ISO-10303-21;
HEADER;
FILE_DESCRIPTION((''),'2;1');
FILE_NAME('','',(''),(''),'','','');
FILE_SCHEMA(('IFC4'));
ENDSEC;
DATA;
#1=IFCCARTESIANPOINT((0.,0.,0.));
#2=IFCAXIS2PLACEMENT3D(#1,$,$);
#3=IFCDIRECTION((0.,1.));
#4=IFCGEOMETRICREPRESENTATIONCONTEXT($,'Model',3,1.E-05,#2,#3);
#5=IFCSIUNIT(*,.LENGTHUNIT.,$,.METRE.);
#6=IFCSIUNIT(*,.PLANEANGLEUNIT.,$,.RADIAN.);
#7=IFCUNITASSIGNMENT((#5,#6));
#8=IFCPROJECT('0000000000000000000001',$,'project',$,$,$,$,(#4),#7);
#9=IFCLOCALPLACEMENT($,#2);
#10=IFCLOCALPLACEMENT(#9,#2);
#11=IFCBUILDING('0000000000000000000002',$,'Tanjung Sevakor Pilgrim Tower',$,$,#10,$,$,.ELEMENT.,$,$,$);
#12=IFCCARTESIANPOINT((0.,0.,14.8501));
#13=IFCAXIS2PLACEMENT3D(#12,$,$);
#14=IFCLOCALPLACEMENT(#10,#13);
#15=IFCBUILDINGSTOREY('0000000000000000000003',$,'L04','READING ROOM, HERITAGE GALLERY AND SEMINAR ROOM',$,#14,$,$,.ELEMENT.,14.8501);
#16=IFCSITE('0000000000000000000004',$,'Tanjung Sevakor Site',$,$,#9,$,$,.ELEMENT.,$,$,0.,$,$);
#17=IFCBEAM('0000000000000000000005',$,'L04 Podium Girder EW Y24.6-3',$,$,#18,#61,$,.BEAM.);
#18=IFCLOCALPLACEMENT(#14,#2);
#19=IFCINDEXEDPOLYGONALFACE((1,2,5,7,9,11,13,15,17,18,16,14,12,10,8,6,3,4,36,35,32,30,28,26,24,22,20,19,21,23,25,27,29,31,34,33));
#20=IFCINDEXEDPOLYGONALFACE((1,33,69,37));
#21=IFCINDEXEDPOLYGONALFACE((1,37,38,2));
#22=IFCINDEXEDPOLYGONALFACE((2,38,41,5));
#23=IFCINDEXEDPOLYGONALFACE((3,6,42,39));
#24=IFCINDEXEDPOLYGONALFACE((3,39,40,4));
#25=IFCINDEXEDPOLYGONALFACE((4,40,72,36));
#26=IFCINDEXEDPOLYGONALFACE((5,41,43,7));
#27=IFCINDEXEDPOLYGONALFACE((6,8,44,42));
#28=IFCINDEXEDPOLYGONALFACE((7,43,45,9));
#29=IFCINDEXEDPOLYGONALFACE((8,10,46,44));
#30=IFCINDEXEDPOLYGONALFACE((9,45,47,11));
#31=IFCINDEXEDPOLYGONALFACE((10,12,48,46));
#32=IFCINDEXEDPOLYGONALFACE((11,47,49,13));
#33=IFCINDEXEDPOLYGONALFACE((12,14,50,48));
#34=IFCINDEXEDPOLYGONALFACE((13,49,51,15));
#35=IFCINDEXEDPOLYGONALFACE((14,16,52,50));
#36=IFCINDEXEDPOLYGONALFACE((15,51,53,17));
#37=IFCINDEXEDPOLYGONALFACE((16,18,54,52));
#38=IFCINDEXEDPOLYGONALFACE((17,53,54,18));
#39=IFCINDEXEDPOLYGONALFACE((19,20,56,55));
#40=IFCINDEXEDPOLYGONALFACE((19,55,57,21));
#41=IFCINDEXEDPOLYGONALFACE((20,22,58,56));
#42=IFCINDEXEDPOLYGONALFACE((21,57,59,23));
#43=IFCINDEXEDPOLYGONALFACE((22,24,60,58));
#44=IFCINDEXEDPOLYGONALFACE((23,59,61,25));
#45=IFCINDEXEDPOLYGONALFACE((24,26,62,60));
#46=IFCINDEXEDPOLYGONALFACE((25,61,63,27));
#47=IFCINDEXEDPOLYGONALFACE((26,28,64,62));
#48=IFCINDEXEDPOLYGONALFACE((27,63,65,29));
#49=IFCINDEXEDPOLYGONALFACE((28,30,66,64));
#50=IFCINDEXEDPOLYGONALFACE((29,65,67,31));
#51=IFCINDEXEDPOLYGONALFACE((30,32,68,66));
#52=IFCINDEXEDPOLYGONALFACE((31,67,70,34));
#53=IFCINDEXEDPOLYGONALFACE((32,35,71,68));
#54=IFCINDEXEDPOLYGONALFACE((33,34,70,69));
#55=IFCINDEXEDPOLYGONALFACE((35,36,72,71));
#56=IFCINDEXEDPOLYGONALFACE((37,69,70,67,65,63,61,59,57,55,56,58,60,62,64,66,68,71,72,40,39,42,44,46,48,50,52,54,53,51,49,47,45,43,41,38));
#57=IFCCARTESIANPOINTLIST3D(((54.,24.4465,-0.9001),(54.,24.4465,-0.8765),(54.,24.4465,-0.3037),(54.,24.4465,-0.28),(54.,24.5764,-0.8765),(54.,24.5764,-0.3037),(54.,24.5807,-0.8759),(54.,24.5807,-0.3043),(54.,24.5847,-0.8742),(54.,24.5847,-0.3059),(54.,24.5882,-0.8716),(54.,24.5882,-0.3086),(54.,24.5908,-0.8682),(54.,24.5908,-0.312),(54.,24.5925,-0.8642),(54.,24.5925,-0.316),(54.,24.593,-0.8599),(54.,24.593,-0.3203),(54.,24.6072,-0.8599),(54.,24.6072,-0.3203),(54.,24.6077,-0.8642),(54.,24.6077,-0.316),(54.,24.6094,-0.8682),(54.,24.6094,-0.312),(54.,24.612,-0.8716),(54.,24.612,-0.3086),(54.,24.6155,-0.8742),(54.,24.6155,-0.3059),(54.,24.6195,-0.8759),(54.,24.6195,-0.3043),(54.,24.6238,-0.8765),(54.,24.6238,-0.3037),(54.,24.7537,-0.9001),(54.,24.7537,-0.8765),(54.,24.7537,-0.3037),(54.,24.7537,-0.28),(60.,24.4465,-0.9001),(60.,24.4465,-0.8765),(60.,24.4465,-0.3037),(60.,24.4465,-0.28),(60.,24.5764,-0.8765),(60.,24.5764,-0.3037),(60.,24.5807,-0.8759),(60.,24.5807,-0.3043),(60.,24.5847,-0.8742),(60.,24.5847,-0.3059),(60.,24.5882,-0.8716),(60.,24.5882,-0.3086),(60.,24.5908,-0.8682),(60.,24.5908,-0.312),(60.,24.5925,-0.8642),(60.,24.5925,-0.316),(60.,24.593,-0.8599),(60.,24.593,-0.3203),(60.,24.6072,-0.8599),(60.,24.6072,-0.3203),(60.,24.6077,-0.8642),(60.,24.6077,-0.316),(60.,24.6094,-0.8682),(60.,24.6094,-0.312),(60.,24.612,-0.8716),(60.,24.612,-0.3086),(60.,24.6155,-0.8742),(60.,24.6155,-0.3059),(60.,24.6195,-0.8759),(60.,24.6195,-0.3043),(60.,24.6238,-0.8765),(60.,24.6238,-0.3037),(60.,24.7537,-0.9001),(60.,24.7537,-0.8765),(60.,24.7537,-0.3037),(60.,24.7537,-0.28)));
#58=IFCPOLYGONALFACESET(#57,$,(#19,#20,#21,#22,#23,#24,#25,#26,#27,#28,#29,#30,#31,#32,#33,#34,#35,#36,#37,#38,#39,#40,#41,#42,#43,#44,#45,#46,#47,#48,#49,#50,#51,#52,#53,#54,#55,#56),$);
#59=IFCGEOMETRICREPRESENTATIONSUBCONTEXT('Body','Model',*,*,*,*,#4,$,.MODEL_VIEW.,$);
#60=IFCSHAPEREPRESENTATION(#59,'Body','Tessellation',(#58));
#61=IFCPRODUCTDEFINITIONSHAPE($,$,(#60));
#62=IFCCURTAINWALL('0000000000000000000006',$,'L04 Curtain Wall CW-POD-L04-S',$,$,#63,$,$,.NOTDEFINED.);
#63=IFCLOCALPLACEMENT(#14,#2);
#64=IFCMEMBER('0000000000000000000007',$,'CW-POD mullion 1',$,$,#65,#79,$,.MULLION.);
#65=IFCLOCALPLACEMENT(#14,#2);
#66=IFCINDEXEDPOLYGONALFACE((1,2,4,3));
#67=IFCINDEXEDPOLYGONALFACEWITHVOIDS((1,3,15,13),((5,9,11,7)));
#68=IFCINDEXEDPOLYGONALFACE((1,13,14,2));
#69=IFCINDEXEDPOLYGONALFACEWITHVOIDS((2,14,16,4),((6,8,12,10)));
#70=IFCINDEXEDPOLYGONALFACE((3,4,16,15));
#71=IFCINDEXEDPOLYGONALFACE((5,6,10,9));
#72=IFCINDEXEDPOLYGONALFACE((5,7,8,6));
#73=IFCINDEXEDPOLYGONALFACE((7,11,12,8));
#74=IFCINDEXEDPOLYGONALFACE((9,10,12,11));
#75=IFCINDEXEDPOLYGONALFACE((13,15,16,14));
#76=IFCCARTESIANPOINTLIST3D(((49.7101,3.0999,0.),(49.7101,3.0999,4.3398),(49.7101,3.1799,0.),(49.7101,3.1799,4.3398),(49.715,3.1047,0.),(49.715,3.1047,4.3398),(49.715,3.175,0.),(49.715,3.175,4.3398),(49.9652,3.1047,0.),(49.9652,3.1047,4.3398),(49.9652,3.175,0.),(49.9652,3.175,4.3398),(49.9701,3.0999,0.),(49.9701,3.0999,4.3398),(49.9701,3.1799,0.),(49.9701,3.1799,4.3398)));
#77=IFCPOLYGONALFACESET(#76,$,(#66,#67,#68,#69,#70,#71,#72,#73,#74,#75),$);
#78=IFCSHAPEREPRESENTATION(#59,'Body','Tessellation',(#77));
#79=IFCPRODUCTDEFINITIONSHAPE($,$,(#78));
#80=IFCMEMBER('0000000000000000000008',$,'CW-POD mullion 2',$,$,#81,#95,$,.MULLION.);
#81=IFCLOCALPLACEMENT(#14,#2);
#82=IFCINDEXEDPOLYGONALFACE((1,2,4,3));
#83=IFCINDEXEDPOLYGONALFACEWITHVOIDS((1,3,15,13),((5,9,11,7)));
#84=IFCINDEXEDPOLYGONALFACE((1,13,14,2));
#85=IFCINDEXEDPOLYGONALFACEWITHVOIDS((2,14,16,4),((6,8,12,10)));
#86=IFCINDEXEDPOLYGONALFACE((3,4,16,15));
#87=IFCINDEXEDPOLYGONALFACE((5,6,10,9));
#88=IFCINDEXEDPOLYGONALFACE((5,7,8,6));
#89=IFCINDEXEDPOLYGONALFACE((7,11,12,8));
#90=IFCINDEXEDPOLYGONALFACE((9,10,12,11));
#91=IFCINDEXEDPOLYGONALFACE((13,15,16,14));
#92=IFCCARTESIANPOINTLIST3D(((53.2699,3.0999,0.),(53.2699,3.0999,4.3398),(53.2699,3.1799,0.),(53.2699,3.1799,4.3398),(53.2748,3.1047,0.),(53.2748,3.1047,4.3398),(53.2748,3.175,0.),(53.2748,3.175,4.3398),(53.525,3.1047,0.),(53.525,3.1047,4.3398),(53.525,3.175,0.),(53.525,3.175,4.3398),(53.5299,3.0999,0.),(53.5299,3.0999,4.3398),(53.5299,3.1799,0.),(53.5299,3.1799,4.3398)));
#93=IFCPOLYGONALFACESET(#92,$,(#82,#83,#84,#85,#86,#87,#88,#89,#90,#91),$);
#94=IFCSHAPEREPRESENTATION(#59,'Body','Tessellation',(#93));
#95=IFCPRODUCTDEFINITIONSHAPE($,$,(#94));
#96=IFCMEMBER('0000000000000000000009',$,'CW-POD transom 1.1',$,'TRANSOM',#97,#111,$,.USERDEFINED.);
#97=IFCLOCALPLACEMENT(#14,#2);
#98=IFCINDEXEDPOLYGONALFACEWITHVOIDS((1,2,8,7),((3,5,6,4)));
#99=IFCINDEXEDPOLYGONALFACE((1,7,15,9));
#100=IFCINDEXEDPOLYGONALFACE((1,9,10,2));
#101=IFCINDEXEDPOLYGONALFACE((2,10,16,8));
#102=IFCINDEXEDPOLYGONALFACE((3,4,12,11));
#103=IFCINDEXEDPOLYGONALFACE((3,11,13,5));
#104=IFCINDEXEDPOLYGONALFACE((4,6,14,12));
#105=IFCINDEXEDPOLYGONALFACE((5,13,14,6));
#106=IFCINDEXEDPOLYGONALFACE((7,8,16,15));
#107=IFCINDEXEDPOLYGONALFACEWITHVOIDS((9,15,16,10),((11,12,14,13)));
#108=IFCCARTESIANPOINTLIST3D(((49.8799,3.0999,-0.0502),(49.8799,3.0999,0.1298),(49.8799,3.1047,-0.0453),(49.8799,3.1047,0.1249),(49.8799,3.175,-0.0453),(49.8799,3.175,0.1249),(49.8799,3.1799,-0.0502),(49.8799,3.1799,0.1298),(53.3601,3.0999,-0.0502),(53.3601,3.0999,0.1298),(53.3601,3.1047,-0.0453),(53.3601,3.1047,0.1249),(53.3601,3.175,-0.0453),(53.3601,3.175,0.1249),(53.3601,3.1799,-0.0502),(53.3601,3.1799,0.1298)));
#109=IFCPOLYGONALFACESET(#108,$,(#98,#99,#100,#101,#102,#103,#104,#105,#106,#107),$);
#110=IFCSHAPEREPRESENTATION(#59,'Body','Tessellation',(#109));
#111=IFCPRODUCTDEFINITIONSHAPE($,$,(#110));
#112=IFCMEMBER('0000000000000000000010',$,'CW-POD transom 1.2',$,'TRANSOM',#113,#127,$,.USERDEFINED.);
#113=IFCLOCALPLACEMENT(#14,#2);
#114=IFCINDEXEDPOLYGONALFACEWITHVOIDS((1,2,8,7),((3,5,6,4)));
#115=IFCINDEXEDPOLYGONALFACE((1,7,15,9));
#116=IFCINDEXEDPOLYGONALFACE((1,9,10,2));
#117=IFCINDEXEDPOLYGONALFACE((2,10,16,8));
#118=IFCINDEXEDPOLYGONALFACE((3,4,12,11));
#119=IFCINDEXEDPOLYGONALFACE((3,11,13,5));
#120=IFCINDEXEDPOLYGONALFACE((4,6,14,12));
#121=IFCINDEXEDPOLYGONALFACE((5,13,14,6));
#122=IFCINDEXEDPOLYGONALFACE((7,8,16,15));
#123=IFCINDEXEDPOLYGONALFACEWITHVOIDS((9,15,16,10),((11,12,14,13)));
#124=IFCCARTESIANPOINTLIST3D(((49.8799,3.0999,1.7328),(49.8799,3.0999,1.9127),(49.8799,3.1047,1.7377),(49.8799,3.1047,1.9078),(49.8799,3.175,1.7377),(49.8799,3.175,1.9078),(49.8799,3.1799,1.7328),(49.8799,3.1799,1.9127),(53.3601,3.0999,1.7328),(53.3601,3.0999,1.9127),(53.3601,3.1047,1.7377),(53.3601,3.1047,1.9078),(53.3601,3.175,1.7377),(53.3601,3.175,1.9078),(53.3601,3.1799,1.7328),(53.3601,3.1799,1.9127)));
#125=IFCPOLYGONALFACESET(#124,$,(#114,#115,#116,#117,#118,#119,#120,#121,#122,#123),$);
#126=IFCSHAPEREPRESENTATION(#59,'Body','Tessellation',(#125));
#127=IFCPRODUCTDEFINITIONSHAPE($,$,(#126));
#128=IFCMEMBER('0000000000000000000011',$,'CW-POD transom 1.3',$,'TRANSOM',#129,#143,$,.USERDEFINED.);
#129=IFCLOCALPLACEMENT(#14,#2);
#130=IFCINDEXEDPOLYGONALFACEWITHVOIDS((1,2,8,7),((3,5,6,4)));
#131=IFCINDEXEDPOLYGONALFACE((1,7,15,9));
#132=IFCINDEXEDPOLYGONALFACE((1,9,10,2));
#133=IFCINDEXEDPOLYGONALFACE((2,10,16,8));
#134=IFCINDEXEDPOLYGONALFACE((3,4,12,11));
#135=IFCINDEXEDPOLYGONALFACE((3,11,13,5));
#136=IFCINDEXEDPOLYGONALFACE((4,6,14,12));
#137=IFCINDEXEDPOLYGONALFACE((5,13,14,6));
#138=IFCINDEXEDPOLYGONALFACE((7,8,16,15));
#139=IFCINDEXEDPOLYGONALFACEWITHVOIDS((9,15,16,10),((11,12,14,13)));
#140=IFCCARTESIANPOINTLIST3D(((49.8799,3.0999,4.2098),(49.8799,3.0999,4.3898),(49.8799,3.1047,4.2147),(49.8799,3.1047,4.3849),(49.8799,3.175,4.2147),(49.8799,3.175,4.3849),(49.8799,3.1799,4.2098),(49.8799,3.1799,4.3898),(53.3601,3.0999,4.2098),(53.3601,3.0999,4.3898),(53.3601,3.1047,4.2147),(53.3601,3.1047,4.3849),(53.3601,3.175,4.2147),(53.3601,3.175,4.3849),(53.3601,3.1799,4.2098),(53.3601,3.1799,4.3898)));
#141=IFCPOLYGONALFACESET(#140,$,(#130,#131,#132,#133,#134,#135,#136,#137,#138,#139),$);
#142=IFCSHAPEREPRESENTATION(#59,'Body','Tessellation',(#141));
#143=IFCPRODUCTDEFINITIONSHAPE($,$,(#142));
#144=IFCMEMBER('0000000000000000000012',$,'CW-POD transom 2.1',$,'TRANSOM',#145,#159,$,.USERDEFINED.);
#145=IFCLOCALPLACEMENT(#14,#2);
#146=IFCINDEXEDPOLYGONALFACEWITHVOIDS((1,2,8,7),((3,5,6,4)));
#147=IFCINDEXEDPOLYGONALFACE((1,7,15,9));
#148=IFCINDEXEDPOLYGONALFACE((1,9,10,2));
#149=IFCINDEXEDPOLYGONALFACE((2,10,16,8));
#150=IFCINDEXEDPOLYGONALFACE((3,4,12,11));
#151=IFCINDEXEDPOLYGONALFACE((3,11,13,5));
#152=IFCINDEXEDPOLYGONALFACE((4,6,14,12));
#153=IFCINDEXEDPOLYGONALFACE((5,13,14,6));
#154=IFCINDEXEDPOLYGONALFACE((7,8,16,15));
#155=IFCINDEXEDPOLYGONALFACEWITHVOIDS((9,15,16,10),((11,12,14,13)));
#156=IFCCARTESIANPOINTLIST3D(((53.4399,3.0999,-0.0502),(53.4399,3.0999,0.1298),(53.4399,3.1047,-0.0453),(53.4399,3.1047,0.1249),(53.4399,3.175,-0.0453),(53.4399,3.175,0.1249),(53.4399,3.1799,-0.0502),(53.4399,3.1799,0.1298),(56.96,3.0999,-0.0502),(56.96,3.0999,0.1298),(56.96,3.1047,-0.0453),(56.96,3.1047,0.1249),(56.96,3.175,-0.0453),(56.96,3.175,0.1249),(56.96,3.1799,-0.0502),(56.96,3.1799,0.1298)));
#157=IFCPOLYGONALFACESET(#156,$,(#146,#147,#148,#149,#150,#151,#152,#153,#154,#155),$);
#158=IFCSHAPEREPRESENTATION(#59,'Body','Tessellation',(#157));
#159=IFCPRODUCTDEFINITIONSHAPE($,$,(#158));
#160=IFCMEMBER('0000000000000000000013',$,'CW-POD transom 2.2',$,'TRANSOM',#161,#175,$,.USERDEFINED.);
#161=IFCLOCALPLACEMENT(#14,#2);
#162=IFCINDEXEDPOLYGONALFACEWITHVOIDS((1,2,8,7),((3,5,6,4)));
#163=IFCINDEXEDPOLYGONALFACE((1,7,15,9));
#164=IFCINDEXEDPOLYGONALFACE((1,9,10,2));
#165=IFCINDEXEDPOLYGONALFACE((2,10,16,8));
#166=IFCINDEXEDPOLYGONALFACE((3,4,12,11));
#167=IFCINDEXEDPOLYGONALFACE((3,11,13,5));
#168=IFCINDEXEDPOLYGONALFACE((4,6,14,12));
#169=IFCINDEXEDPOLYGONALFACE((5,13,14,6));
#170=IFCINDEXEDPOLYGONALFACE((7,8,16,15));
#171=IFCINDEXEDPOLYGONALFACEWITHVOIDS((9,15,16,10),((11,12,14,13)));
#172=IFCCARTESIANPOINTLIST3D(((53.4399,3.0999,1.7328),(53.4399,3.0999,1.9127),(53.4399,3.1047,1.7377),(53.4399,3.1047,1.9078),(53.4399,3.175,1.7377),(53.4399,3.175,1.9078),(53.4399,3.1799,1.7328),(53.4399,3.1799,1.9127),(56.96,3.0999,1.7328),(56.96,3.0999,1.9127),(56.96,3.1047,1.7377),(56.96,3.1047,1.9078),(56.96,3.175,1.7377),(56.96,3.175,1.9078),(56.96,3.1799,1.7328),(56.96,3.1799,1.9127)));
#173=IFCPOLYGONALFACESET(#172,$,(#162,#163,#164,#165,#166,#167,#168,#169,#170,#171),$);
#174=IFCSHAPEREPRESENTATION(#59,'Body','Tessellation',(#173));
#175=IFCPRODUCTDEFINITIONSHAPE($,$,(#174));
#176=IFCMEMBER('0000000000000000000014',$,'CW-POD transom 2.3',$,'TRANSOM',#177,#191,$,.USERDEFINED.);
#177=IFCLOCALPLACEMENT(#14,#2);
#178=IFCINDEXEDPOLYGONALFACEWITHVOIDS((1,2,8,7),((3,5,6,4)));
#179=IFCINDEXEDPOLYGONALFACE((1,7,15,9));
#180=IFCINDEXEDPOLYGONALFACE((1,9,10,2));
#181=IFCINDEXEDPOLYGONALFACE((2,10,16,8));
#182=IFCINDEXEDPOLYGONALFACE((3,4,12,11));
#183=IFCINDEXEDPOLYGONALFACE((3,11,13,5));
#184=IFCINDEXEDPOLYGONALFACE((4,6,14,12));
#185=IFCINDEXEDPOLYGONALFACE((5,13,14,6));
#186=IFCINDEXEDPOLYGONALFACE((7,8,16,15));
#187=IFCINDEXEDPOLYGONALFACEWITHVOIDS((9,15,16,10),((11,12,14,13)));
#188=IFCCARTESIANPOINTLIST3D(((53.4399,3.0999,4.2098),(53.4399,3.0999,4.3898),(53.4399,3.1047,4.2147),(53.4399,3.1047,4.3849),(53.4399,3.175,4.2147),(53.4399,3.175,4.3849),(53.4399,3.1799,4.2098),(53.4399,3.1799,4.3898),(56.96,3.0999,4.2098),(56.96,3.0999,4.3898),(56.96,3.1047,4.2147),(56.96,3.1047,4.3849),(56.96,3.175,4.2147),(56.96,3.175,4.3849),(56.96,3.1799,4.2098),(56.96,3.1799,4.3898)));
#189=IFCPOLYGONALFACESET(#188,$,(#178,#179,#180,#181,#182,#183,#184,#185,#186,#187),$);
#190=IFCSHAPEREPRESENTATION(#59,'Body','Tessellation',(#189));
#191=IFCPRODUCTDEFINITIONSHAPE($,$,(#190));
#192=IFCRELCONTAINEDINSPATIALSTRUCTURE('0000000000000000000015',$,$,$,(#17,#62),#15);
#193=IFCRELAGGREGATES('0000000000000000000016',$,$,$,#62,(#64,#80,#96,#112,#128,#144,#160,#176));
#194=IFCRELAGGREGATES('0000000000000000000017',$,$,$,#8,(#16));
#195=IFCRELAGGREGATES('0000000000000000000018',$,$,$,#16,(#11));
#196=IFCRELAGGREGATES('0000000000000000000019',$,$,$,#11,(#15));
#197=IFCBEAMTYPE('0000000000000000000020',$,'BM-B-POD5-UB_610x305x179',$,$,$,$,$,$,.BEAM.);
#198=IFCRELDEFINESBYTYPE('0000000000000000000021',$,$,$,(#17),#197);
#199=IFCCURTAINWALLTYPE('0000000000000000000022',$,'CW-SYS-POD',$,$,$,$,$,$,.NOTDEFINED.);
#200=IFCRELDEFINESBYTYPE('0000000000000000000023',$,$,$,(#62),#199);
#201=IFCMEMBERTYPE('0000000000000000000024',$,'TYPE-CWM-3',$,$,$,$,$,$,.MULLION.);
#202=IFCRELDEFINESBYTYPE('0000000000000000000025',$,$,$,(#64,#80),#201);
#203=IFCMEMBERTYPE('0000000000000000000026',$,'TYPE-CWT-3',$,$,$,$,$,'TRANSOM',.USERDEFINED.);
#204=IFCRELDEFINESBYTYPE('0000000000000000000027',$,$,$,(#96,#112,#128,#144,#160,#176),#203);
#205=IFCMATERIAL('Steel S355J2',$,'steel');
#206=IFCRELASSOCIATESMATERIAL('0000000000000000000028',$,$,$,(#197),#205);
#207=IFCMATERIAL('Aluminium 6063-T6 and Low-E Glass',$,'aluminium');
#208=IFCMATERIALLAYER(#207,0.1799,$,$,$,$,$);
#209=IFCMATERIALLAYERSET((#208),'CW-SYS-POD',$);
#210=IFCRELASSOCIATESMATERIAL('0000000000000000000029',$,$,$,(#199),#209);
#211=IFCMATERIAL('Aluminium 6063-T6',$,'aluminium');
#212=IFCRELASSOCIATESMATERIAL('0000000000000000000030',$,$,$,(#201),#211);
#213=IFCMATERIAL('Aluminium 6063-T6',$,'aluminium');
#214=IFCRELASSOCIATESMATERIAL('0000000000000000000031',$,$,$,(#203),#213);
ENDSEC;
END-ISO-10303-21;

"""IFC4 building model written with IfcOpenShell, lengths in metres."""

from ifc_helpers import new_model, si_unit, direction, frame, origin, origin_2d, place, context, subcontext, project, spatial, hollow_rectangle, i_section, extrude, material, layer, layer_set, material_profile, profile_set, type_object, element, aggregate, save


model = new_model("IFC4")

# Units and contexts
model_context = context("Model", 3, precision=1e-05, world=origin(), true_north=direction((0.0, 1.0)))
body_context = subcontext(model_context, "Body", "Model", "MODEL_VIEW")
ifc_project = project(units=[si_unit("LENGTHUNIT", "METRE"), si_unit("PLANEANGLEUNIT", "RADIAN")], contexts=[model_context])

# Site, building, storey
site_placement = place(None, origin())
site = spatial("IfcSite", under=ifc_project, at=site_placement, Name="Tanjung Sevakor Site", CompositionType="ELEMENT", RefElevation=0.0)
building_placement = place(site_placement, origin())
building = spatial("IfcBuilding", under=site, at=building_placement, Name="Tanjung Sevakor Pilgrim Tower", CompositionType="ELEMENT")
storey_placement = place(building_placement, frame((0.0, 0.0, 14.8501)))
storey = spatial("IfcBuildingStorey", under=building, at=storey_placement, Name="L04", Description="READING ROOM, HERITAGE GALLERY AND SEMINAR ROOM", CompositionType="ELEMENT", Elevation=14.8501)

# Beam
ifc_material_1 = material(Name="Steel S355J2", Category="steel")
ifc_material_profile_1 = material_profile(ifc_material_1, i_section(OverallWidth=0.3071, OverallDepth=0.6201, WebThickness=0.0142, FlangeThickness=0.0237, FilletRadius=0.0166, at=origin_2d()))
ifc_profile_set_1 = profile_set([ifc_material_profile_1], Name="Steel S355J2")
beam_type_1 = type_object("IfcBeamType", Name="BM-B-POD5-UB_610x305x179", PredefinedType="BEAM", material=ifc_profile_set_1)
for number, where, z_axis, x_axis, name in (
    (1, (54.0, 24.6001, -0.5901), (1.0, 0.0, 0.0), (0.0, 1.0, 0.0), "L04 Podium Girder EW Y24.6-3"),
):
    element("IfcBeam", number, at=place(storey_placement, frame(where, z_axis=z_axis, x_axis=x_axis)), inside=storey, type_object=beam_type_1, Name=name, PredefinedType="BEAM", context=body_context, shape_type="SweptSolid", body=[
        extrude(i_section(OverallWidth=0.3071, OverallDepth=0.6201, WebThickness=0.0142, FlangeThickness=0.0237, FilletRadius=0.0166, at=origin_2d()), origin(), (0.0, 0.0, 1.0), 6.0),
    ])

# Curtain wall, members
ifc_material_2 = material(Name="Aluminium 6063-T6 and Low-E Glass", Category="aluminium")
ifc_layer_1 = layer(ifc_material_2, 0.1799)
ifc_layer_set_1 = layer_set([ifc_layer_1], Name="CW-SYS-POD")
curtain_wall_type = type_object("IfcCurtainWallType", Name="CW-SYS-POD", PredefinedType="NOTDEFINED", material=ifc_layer_set_1)
curtain_wall_placement = place(storey_placement, origin())
curtain_wall = element("IfcCurtainWall", 2, at=curtain_wall_placement, inside=storey, type_object=curtain_wall_type, Name="L04 Curtain Wall CW-POD-L04-S", PredefinedType="NOTDEFINED")
ifc_material_3 = material(Name="Aluminium 6063-T6", Category="aluminium")
ifc_material_profile_2 = material_profile(ifc_material_3, hollow_rectangle(XDim=0.0801, YDim=0.26, WallThickness=0.0049, at=origin_2d()))
ifc_profile_set_2 = profile_set([ifc_material_profile_2], Name="Aluminium 6063-T6")
member_type_1 = type_object("IfcMemberType", Name="TYPE-CWM-3", PredefinedType="MULLION", material=ifc_profile_set_2)
member_1_placement = place(storey_placement, frame((49.8401, 3.1399, 0.0), z_axis=(0.0, 0.0, 1.0), x_axis=(0.0, 1.0, 0.0)))
member_1 = element("IfcMember", 3, at=member_1_placement, type_object=member_type_1, Name="CW-POD mullion 1", PredefinedType="MULLION", context=body_context, shape_type="SweptSolid", body=[
    extrude(hollow_rectangle(XDim=0.0801, YDim=0.26, WallThickness=0.0049, at=origin_2d()), origin(), (0.0, 0.0, 1.0), 4.3398),
])
member_2_placement = place(storey_placement, frame((53.3999, 3.1399, 0.0), z_axis=(0.0, 0.0, 1.0), x_axis=(0.0, 1.0, 0.0)))
member_2 = element("IfcMember", 4, at=member_2_placement, type_object=member_type_1, Name="CW-POD mullion 2", PredefinedType="MULLION", context=body_context, shape_type="SweptSolid", body=[
    extrude(hollow_rectangle(XDim=0.0801, YDim=0.26, WallThickness=0.0049, at=origin_2d()), origin(), (0.0, 0.0, 1.0), 4.3398),
])
ifc_material_4 = material(Name="Aluminium 6063-T6", Category="aluminium")
ifc_material_profile_3 = material_profile(ifc_material_4, hollow_rectangle(XDim=0.0801, YDim=0.1799, WallThickness=0.0049, at=origin_2d()))
ifc_profile_set_3 = profile_set([ifc_material_profile_3], Name="Aluminium 6063-T6")
member_type_2 = type_object("IfcMemberType", Name="TYPE-CWT-3", ElementType="TRANSOM", PredefinedType="USERDEFINED", material=ifc_profile_set_3)
member_3_placement = place(storey_placement, frame((49.8799, 3.1399, 0.0398), z_axis=(1.0, 0.0, 0.0), x_axis=(0.0, 1.0, 0.0)))
member_3 = element("IfcMember", 5, at=member_3_placement, type_object=member_type_2, Name="CW-POD transom 1.1", ObjectType="TRANSOM", PredefinedType="USERDEFINED", context=body_context, shape_type="SweptSolid", body=[
    extrude(hollow_rectangle(XDim=0.0801, YDim=0.1799, WallThickness=0.0049, at=origin_2d()), origin(), (0.0, 0.0, 1.0), 3.4802),
])
member_4_placement = place(storey_placement, frame((49.8799, 3.1399, 1.8228), z_axis=(1.0, 0.0, 0.0), x_axis=(0.0, 1.0, 0.0)))
member_4 = element("IfcMember", 6, at=member_4_placement, type_object=member_type_2, Name="CW-POD transom 1.2", ObjectType="TRANSOM", PredefinedType="USERDEFINED", context=body_context, shape_type="SweptSolid", body=[
    extrude(hollow_rectangle(XDim=0.0801, YDim=0.1799, WallThickness=0.0049, at=origin_2d()), origin(), (0.0, 0.0, 1.0), 3.4802),
])
member_5_placement = place(storey_placement, frame((49.8799, 3.1399, 4.2998), z_axis=(1.0, 0.0, 0.0), x_axis=(0.0, 1.0, 0.0)))
member_5 = element("IfcMember", 7, at=member_5_placement, type_object=member_type_2, Name="CW-POD transom 1.3", ObjectType="TRANSOM", PredefinedType="USERDEFINED", context=body_context, shape_type="SweptSolid", body=[
    extrude(hollow_rectangle(XDim=0.0801, YDim=0.1799, WallThickness=0.0049, at=origin_2d()), origin(), (0.0, 0.0, 1.0), 3.4802),
])
member_6_placement = place(storey_placement, frame((53.4399, 3.1399, 0.0398), z_axis=(1.0, 0.0, 0.0), x_axis=(0.0, 1.0, 0.0)))
member_6 = element("IfcMember", 8, at=member_6_placement, type_object=member_type_2, Name="CW-POD transom 2.1", ObjectType="TRANSOM", PredefinedType="USERDEFINED", context=body_context, shape_type="SweptSolid", body=[
    extrude(hollow_rectangle(XDim=0.0801, YDim=0.1799, WallThickness=0.0049, at=origin_2d()), origin(), (0.0, 0.0, 1.0), 3.52),
])
member_7_placement = place(storey_placement, frame((53.4399, 3.1399, 1.8228), z_axis=(1.0, 0.0, 0.0), x_axis=(0.0, 1.0, 0.0)))
member_7 = element("IfcMember", 9, at=member_7_placement, type_object=member_type_2, Name="CW-POD transom 2.2", ObjectType="TRANSOM", PredefinedType="USERDEFINED", context=body_context, shape_type="SweptSolid", body=[
    extrude(hollow_rectangle(XDim=0.0801, YDim=0.1799, WallThickness=0.0049, at=origin_2d()), origin(), (0.0, 0.0, 1.0), 3.52),
])
member_8_placement = place(storey_placement, frame((53.4399, 3.1399, 4.2998), z_axis=(1.0, 0.0, 0.0), x_axis=(0.0, 1.0, 0.0)))
member_8 = element("IfcMember", 10, at=member_8_placement, type_object=member_type_2, Name="CW-POD transom 2.3", ObjectType="TRANSOM", PredefinedType="USERDEFINED", context=body_context, shape_type="SweptSolid", body=[
    extrude(hollow_rectangle(XDim=0.0801, YDim=0.1799, WallThickness=0.0049, at=origin_2d()), origin(), (0.0, 0.0, 1.0), 3.52),
])
aggregate(curtain_wall, [member_1, member_2, member_3, member_4, member_5, member_6, member_7, member_8])

save(model, "model.ifc")
